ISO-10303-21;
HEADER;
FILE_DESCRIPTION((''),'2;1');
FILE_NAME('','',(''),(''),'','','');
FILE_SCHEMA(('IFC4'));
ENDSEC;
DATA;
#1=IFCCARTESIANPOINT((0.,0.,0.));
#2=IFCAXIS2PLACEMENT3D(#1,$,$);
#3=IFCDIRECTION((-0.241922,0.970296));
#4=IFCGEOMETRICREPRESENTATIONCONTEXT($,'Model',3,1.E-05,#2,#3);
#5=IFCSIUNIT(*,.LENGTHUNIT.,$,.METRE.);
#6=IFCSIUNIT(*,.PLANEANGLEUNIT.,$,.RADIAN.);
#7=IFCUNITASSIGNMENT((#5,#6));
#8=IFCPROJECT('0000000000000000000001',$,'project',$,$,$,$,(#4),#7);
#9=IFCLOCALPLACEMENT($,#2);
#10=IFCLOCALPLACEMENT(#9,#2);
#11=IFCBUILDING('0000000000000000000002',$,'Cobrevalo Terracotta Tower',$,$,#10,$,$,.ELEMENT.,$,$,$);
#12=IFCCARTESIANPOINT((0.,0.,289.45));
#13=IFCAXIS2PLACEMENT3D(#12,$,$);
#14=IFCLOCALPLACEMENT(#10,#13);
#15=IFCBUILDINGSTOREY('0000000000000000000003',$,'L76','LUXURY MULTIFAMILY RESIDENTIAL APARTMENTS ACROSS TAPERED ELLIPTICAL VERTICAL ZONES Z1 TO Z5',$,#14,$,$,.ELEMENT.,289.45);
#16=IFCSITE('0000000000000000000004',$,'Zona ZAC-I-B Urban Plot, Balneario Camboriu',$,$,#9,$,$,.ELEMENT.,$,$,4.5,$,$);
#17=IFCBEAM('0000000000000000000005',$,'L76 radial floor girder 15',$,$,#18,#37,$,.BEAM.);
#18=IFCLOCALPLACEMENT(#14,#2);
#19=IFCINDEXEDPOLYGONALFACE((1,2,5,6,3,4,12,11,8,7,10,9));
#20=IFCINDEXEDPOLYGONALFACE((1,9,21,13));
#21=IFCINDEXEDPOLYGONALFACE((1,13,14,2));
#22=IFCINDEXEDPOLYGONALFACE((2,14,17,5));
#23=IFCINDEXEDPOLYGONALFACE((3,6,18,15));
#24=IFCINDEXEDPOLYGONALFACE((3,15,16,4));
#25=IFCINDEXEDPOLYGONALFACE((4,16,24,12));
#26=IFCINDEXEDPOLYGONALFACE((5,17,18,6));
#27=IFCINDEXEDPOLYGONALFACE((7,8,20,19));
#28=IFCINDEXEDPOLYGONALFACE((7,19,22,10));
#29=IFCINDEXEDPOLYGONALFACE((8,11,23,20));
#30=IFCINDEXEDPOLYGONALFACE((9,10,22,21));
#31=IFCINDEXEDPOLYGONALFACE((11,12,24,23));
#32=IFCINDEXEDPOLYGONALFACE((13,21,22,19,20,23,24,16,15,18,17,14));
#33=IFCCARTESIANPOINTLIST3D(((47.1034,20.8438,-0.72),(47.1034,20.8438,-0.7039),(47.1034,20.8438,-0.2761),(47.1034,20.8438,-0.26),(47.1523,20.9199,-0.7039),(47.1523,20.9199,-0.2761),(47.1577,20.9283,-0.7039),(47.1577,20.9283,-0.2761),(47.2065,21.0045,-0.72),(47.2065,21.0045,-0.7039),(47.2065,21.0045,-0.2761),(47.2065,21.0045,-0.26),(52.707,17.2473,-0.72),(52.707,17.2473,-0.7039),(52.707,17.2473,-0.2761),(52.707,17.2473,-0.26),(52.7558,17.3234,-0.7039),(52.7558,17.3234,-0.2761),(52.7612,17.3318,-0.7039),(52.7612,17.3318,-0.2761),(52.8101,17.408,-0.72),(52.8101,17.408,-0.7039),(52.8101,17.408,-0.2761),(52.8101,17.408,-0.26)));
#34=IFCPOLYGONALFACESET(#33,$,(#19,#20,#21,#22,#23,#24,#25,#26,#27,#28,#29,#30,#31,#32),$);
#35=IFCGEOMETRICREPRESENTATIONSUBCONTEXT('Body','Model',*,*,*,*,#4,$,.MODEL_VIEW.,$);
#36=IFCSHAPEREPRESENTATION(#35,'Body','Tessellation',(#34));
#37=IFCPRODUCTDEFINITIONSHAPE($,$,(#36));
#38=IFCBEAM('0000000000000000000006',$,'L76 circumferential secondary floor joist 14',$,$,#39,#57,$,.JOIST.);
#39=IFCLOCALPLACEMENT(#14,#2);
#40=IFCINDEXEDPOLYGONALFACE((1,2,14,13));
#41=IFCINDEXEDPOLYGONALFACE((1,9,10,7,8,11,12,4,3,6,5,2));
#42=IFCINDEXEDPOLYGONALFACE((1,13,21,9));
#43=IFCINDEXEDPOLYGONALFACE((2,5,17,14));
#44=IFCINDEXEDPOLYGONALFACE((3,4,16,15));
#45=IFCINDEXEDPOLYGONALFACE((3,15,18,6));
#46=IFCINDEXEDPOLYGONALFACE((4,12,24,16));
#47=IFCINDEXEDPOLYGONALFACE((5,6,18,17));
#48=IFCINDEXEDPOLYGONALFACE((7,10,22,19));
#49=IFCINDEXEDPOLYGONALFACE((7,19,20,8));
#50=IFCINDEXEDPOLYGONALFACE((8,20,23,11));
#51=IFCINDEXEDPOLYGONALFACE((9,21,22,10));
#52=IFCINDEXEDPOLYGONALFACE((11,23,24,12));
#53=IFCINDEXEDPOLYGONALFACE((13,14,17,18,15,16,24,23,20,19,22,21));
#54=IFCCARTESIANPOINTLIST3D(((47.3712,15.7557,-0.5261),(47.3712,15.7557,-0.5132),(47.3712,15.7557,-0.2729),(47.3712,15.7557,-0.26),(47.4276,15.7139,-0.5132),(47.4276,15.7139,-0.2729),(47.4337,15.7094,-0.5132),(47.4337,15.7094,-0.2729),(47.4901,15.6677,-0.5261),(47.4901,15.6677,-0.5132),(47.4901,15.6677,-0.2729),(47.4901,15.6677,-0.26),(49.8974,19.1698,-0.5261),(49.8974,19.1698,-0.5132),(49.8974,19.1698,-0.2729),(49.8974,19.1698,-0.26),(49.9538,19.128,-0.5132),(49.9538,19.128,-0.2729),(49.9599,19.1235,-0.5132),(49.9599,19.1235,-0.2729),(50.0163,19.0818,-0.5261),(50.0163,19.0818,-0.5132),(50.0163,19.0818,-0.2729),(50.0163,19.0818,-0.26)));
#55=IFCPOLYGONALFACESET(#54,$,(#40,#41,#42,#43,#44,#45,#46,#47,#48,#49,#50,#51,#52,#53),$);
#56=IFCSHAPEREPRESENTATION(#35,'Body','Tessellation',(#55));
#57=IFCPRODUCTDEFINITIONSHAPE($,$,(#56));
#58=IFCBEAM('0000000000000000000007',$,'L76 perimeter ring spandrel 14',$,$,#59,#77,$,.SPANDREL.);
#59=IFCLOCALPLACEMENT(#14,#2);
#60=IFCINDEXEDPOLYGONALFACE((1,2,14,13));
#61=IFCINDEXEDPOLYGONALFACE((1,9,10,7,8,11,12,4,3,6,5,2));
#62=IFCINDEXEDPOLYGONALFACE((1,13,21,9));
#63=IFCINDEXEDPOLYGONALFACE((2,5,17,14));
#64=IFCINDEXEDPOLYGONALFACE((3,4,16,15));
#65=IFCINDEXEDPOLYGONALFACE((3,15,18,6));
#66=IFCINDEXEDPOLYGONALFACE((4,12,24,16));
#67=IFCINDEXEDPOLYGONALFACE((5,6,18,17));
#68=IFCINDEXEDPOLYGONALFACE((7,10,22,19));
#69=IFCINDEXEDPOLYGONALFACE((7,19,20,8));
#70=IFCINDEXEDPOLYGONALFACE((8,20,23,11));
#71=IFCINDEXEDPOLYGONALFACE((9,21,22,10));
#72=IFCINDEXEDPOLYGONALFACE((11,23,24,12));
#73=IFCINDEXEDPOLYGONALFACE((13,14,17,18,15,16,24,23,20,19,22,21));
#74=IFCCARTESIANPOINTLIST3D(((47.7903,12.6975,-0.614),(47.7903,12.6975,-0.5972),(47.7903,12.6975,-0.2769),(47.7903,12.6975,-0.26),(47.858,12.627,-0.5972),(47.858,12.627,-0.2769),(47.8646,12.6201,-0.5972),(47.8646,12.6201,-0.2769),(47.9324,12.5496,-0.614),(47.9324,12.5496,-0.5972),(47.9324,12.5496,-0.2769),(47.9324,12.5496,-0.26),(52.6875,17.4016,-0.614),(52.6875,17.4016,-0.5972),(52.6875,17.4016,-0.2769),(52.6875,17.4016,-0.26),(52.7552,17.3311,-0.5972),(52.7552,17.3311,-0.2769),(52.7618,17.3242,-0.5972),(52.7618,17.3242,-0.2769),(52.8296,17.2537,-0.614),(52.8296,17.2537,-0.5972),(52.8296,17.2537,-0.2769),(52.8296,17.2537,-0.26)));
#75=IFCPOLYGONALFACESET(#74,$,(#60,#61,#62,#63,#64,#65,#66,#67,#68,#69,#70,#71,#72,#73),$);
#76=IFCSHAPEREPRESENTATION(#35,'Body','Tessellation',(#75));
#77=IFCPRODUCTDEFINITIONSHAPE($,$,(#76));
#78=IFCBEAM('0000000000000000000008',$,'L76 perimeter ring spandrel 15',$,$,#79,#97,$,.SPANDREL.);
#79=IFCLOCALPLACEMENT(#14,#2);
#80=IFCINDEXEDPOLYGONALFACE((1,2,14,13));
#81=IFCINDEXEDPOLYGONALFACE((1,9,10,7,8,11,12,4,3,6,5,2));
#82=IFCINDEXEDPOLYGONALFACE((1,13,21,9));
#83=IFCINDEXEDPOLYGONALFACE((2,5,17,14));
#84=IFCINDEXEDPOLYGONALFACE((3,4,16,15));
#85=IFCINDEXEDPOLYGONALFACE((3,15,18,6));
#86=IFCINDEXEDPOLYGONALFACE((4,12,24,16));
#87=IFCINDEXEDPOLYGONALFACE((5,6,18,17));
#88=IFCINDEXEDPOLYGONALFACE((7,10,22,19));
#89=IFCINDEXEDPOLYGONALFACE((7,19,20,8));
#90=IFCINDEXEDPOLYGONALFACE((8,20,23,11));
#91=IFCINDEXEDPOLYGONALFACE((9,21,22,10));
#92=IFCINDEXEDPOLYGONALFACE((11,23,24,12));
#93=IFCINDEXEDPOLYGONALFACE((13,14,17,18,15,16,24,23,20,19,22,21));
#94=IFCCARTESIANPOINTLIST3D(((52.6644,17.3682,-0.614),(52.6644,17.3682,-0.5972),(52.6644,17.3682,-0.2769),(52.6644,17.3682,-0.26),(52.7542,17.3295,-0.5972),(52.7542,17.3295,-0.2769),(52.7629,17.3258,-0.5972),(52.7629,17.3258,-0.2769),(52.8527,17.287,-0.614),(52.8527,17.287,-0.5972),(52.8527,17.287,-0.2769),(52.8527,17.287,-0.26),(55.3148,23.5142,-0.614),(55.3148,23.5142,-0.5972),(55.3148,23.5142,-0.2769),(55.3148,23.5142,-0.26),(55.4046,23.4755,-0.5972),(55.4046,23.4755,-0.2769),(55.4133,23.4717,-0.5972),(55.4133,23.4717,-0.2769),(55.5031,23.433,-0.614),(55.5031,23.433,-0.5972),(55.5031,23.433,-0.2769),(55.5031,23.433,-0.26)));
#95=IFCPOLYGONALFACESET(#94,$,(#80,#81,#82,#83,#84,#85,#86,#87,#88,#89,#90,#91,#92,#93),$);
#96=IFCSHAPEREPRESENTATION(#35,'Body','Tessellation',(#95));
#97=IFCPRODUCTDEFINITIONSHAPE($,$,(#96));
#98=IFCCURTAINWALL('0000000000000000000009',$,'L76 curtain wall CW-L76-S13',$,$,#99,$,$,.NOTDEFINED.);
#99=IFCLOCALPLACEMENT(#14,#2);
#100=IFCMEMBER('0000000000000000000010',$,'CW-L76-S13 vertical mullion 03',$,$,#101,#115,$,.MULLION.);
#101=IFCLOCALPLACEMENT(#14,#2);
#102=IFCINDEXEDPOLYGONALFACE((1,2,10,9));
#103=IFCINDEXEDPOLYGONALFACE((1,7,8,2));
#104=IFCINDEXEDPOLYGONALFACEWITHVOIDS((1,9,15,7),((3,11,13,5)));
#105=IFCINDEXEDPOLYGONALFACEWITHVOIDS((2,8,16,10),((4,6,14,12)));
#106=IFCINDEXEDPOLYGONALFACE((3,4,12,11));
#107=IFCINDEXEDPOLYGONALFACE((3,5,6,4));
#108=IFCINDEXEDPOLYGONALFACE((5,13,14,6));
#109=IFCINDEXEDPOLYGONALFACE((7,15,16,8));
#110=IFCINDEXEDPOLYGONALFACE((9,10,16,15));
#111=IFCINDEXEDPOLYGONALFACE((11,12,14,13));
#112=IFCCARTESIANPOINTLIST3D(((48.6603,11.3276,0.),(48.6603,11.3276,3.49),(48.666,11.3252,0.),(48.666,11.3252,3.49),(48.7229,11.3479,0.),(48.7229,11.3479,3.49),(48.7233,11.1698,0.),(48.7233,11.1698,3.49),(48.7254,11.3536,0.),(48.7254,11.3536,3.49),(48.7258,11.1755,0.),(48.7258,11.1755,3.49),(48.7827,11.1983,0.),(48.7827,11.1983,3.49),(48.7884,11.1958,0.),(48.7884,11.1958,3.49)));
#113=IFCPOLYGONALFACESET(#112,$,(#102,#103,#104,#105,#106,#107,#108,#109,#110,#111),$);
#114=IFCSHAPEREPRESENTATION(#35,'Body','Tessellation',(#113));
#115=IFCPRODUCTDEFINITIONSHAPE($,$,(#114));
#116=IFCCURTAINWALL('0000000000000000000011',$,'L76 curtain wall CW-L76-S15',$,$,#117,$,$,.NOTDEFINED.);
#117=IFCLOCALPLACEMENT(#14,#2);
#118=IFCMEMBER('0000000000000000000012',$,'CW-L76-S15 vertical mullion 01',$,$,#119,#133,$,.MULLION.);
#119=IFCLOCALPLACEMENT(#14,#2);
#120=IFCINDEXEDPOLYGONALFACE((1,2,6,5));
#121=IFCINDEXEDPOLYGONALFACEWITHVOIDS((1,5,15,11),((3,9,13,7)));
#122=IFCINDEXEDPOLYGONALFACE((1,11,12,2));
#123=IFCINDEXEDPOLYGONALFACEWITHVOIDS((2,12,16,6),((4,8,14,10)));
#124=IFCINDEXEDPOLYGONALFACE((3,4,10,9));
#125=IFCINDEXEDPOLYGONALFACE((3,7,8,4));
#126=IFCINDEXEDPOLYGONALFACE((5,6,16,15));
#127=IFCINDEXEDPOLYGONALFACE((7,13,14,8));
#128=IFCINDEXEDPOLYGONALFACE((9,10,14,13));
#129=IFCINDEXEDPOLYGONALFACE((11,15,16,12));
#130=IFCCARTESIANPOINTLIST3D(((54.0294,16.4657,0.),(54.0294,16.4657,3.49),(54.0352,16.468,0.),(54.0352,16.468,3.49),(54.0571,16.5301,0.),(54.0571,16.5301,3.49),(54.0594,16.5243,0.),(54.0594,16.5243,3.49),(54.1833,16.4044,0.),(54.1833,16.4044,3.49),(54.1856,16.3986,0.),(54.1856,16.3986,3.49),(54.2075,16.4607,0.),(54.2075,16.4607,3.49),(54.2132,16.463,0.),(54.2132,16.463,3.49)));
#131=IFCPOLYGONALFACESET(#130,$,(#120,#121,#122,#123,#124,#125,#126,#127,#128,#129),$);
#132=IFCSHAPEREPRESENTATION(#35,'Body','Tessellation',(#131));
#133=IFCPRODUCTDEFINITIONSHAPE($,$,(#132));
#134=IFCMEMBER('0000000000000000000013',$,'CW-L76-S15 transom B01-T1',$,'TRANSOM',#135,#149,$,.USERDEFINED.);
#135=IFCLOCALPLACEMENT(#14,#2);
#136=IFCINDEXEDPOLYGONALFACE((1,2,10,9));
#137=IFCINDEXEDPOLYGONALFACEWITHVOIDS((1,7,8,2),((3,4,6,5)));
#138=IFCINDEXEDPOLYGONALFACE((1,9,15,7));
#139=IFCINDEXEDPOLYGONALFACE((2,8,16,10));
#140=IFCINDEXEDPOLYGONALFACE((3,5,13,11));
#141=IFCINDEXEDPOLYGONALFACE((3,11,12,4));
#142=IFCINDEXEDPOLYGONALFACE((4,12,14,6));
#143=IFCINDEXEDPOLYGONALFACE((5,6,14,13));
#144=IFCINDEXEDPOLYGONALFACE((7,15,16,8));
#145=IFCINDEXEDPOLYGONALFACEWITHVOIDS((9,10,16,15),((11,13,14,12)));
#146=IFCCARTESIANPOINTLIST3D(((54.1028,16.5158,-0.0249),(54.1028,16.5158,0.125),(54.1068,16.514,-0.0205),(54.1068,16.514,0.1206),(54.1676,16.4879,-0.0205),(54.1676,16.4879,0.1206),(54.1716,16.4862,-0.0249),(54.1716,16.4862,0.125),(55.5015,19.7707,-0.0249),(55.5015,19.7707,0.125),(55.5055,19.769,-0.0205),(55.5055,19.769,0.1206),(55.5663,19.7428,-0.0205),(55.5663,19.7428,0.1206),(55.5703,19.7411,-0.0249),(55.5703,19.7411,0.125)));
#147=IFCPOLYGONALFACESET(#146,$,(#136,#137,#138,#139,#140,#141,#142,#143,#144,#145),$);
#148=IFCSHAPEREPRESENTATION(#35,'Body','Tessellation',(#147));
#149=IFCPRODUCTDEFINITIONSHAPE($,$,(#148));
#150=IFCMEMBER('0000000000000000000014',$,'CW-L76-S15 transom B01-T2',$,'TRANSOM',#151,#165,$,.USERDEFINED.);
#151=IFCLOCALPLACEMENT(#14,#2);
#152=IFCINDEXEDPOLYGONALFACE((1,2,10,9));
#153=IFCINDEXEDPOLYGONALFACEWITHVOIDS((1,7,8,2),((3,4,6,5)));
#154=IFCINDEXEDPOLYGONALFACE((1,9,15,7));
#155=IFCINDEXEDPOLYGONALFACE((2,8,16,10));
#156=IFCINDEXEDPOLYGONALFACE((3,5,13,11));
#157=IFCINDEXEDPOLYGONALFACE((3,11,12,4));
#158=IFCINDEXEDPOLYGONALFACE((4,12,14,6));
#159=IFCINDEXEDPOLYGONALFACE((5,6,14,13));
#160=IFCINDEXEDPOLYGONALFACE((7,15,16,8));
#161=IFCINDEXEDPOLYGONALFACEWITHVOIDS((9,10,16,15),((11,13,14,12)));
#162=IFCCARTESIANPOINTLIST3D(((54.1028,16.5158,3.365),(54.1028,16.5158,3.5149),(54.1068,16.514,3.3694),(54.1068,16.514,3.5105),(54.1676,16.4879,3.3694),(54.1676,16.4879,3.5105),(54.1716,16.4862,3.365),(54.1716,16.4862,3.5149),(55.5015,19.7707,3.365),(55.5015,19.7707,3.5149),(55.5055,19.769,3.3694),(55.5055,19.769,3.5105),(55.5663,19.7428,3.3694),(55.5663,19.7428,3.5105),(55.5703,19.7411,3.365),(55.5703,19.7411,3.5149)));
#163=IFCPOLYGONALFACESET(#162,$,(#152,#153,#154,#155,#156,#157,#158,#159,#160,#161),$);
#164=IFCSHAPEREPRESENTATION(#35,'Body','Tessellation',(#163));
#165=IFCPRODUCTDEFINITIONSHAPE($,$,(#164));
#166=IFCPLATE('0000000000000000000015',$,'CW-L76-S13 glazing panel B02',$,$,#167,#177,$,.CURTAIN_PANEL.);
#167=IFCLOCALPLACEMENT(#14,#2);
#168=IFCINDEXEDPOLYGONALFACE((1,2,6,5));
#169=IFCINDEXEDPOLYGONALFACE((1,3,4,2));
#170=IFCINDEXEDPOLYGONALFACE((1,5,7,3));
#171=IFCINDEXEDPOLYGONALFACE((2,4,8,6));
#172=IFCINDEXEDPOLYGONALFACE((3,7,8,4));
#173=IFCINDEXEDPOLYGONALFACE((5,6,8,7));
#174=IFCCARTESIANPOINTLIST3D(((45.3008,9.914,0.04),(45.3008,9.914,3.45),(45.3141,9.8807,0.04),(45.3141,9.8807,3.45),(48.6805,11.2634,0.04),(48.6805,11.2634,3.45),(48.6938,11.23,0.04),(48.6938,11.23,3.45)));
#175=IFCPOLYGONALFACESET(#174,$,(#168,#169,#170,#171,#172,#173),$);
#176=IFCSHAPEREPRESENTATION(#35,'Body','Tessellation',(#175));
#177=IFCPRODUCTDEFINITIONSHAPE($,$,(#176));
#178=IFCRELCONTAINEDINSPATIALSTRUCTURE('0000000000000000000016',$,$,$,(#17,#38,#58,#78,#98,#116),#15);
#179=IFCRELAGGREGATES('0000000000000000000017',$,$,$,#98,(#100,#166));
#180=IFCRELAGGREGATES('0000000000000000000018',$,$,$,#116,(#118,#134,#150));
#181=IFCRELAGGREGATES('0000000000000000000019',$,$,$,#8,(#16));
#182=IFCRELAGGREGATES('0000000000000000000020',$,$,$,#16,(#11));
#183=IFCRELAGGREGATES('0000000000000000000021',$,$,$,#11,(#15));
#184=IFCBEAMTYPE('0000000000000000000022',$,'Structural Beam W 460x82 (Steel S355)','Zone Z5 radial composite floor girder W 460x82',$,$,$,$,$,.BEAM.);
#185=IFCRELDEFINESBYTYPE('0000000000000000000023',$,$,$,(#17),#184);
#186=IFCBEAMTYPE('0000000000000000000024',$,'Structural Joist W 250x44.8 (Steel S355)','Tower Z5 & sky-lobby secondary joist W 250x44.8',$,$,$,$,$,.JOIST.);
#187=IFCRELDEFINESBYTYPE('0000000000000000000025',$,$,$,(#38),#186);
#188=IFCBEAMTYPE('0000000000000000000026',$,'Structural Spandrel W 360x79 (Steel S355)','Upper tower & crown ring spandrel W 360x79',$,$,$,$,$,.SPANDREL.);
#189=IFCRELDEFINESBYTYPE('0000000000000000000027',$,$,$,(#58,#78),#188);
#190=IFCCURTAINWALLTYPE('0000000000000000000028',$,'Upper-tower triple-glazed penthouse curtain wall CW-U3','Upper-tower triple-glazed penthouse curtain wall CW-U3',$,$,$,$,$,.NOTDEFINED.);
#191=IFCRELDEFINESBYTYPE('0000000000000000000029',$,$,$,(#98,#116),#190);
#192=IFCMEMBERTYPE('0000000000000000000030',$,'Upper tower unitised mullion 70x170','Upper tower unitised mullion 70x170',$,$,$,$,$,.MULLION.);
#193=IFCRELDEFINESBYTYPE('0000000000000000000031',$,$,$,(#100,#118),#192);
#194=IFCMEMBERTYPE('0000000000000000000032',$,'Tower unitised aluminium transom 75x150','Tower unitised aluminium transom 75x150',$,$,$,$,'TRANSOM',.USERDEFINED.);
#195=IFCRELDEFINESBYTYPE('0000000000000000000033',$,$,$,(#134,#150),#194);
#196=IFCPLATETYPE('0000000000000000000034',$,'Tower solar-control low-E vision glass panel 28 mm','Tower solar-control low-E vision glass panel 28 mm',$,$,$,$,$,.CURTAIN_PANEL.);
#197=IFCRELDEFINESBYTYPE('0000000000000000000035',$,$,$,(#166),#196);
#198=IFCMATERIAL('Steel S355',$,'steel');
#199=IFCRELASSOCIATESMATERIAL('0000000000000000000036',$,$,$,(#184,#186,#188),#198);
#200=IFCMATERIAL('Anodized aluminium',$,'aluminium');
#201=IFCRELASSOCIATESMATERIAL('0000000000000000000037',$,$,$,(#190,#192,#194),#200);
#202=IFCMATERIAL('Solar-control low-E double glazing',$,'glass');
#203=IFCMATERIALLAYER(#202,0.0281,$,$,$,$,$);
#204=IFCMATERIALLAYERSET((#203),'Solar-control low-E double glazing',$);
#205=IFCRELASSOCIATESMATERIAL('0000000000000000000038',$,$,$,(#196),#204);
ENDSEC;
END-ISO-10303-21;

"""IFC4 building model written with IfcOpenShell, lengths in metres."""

from ifc_helpers import new_model, si_unit, direction, frame, origin, origin_2d, place, context, subcontext, project, spatial, rectangle, hollow_rectangle, i_section, extrude, source, transform, mapped, material, layer, layer_set, material_profile, profile_set, type_object, element, aggregate, save


model = new_model("IFC4")

# Units and contexts
model_context = context("Model", 3, precision=1e-05, world=origin(), true_north=direction((-0.241922, 0.970296)))
body_context = subcontext(model_context, "Body", "Model", "MODEL_VIEW")
ifc_project = project(units=[si_unit("LENGTHUNIT", "METRE"), si_unit("PLANEANGLEUNIT", "RADIAN")], contexts=[model_context])

# Site, building, storey
site_placement = place(None, origin())
site = spatial("IfcSite", under=ifc_project, at=site_placement, Name="Zona ZAC-I-B Urban Plot, Balneario Camboriu", CompositionType="ELEMENT", RefElevation=4.5)
building_placement = place(site_placement, origin())
building = spatial("IfcBuilding", under=site, at=building_placement, Name="Cobrevalo Terracotta Tower", CompositionType="ELEMENT")
storey_placement = place(building_placement, frame((0.0, 0.0, 289.45)))
storey = spatial("IfcBuildingStorey", under=building, at=storey_placement, Name="L76", Description="LUXURY MULTIFAMILY RESIDENTIAL APARTMENTS ACROSS TAPERED ELLIPTICAL VERTICAL ZONES Z1 TO Z5", CompositionType="ELEMENT", Elevation=289.45)

# Shared definitions
ifc_material_1 = material(Name="Steel S355", Category="steel")

# Beams
ifc_material_profile_1 = material_profile(ifc_material_1, i_section(OverallWidth=0.1909, OverallDepth=0.46, WebThickness=0.01, FlangeThickness=0.0161, at=origin_2d()), Name="W 460x82")
ifc_profile_set_1 = profile_set([ifc_material_profile_1], Name="Steel S355")
beam_type_1 = type_object("IfcBeamType", Name="Structural Beam W 460x82 (Steel S355)", Description="Zone Z5 radial composite floor girder W 460x82", PredefinedType="BEAM", material=ifc_profile_set_1)
beam_1_placement = place(storey_placement, frame((52.7585, 17.3276, -0.49), z_axis=(-0.841576, 0.540138, 0.0), x_axis=(-0.540138, -0.841576, 0.0)))
element("IfcBeam", 1, at=beam_1_placement, inside=storey, type_object=beam_type_1, Name="L76 radial floor girder 15", PredefinedType="BEAM", context=body_context, shape_type="SweptSolid", body=[
    extrude(i_section(OverallWidth=0.1909, OverallDepth=0.46, WebThickness=0.01, FlangeThickness=0.0161, at=origin_2d()), origin(), (0.0, 0.0, 1.0), 6.6584),
])
ifc_material_profile_2 = material_profile(ifc_material_1, i_section(OverallWidth=0.1479, OverallDepth=0.2661, WebThickness=0.0076, FlangeThickness=0.0129, at=origin_2d()), Name="W 250x44.8")
ifc_profile_set_2 = profile_set([ifc_material_profile_2], Name="Steel S355")
beam_type_2 = type_object("IfcBeamType", Name="Structural Joist W 250x44.8 (Steel S355)", Description="Tower Z5 & sky-lobby secondary joist W 250x44.8", PredefinedType="JOIST", material=ifc_profile_set_2)
beam_2_placement = place(storey_placement, frame((47.4307, 15.7117, -0.3931), z_axis=(0.5948, 0.803874, 0.0), x_axis=(-0.803874, 0.5948, 0.0)))
element("IfcBeam", 2, at=beam_2_placement, inside=storey, type_object=beam_type_2, Name="L76 circumferential secondary floor joist 14", PredefinedType="JOIST", context=body_context, shape_type="SweptSolid", body=[
    extrude(i_section(OverallWidth=0.1479, OverallDepth=0.2661, WebThickness=0.0076, FlangeThickness=0.0129, at=origin_2d()), origin(), (0.0, 0.0, 1.0), 4.2471),
])
ifc_material_profile_3 = material_profile(ifc_material_1, i_section(OverallWidth=0.2051, OverallDepth=0.354, WebThickness=0.0095, FlangeThickness=0.0168, at=origin_2d()), Name="W 360x79")
ifc_profile_set_3 = profile_set([ifc_material_profile_3], Name="Steel S355")
beam_type_3 = type_object("IfcBeamType", Name="Structural Spandrel W 360x79 (Steel S355)", Description="Upper tower & crown ring spandrel W 360x79", PredefinedType="SPANDREL", material=ifc_profile_set_3)
beam_3_placement = place(storey_placement, frame((47.8613, 12.6235, -0.437), z_axis=(0.721183, 0.692744, 0.0), x_axis=(-0.692744, 0.721183, 0.0)))
element("IfcBeam", 3, at=beam_3_placement, inside=storey, type_object=beam_type_3, Name="L76 perimeter ring spandrel 14", PredefinedType="SPANDREL", context=body_context, shape_type="SweptSolid", body=[
    extrude(i_section(OverallWidth=0.2051, OverallDepth=0.354, WebThickness=0.0095, FlangeThickness=0.0168, at=origin_2d()), origin(), (0.0, 0.0, 1.0), 6.7905),
])
beam_4_placement = place(storey_placement, frame((52.7585, 17.3276, -0.437), z_axis=(0.395987, 0.918256, 0.0), x_axis=(-0.918256, 0.395987, 0.0)))
element("IfcBeam", 4, at=beam_4_placement, inside=storey, type_object=beam_type_3, Name="L76 perimeter ring spandrel 15", PredefinedType="SPANDREL", context=body_context, shape_type="SweptSolid", body=[
    extrude(i_section(OverallWidth=0.2051, OverallDepth=0.354, WebThickness=0.0095, FlangeThickness=0.0168, at=origin_2d()), origin(), (0.0, 0.0, 1.0), 6.6931),
])

# Curtain wall, member
ifc_material_2 = material(Name="Anodized aluminium", Category="aluminium")
curtain_wall_type = type_object("IfcCurtainWallType", Name="Upper-tower triple-glazed penthouse curtain wall CW-U3", Description="Upper-tower triple-glazed penthouse curtain wall CW-U3", PredefinedType="NOTDEFINED", material=ifc_material_2)
curtain_wall_1_placement = place(storey_placement, origin())
curtain_wall_1 = element("IfcCurtainWall", 5, at=curtain_wall_1_placement, inside=storey, type_object=curtain_wall_type, Name="L76 curtain wall CW-L76-S13", PredefinedType="NOTDEFINED")
ifc_material_profile_4 = material_profile(ifc_material_2, hollow_rectangle(XDim=0.0701, YDim=0.1699, WallThickness=0.0044, at=origin_2d()), Name="CWM 70x170")
ifc_profile_set_4 = profile_set([ifc_material_profile_4], Name="Anodized aluminium")
member_type_1 = type_object("IfcMemberType", Name="Upper tower unitised mullion 70x170", Description="Upper tower unitised mullion 70x170", PredefinedType="MULLION", material=ifc_profile_set_4)
shared_shape_1 = source(origin(), body_context, "Body", "SweptSolid", [
    extrude(hollow_rectangle(XDim=0.0701, YDim=0.1699, WallThickness=0.0044, at=origin_2d()), origin(), (0.0, 0.0, 1.0), 3.49),
])
member_1_placement = place(storey_placement, frame((48.7244, 11.2617, 0.0), z_axis=(0.0, 0.0, 1.0), x_axis=(0.928719, 0.370784, 0.0)))
member_1 = element("IfcMember", 6, at=member_1_placement, type_object=member_type_1, Name="CW-L76-S13 vertical mullion 03", PredefinedType="MULLION", context=body_context, shape_type="MappedRepresentation", body=[
    mapped(shared_shape_1, transform((0.0, 0.0, 0.0), scale=1.0)),
])

# Curtain wall, members
curtain_wall_2_placement = place(storey_placement, origin())
curtain_wall_2 = element("IfcCurtainWall", 7, at=curtain_wall_2_placement, inside=storey, type_object=curtain_wall_type, Name="L76 curtain wall CW-L76-S15", PredefinedType="NOTDEFINED")
member_2_placement = place(storey_placement, frame((54.1213, 16.4644, 0.0), z_axis=(0.0, 0.0, 1.0), x_axis=(0.394824, 0.918757, 0.0)))
member_2 = element("IfcMember", 8, at=member_2_placement, type_object=member_type_1, Name="CW-L76-S15 vertical mullion 01", PredefinedType="MULLION", context=body_context, shape_type="MappedRepresentation", body=[
    mapped(shared_shape_1, transform((0.0, 0.0, 0.0), scale=1.0)),
])
ifc_material_profile_5 = material_profile(ifc_material_2, hollow_rectangle(XDim=0.075, YDim=0.1499, WallThickness=0.0044, at=origin_2d()), Name="CWT 75x150")
ifc_profile_set_5 = profile_set([ifc_material_profile_5], Name="Anodized aluminium")
member_type_2 = type_object("IfcMemberType", Name="Tower unitised aluminium transom 75x150", Description="Tower unitised aluminium transom 75x150", ElementType="TRANSOM", PredefinedType="USERDEFINED", material=ifc_profile_set_5)
shared_shape_2 = source(origin(), body_context, "Body", "SweptSolid", [
    extrude(hollow_rectangle(XDim=0.075, YDim=0.1499, WallThickness=0.0044, at=origin_2d()), origin(), (0.0, 0.0, 1.0), 3.5427),
])
member_3_placement = place(storey_placement, frame((54.1372, 16.501, 0.05), z_axis=(0.394809, 0.918763, 0.0), x_axis=(-0.918763, 0.394809, 0.0)))
member_3 = element("IfcMember", 9, at=member_3_placement, type_object=member_type_2, Name="CW-L76-S15 transom B01-T1", ObjectType="TRANSOM", PredefinedType="USERDEFINED", context=body_context, shape_type="MappedRepresentation", body=[
    mapped(shared_shape_2, transform((0.0, 0.0, 0.0), scale=1.0)),
])
member_4_placement = place(storey_placement, frame((54.1372, 16.501, 3.4399), z_axis=(0.394809, 0.918763, 0.0), x_axis=(-0.918763, 0.394809, 0.0)))
member_4 = element("IfcMember", 10, at=member_4_placement, type_object=member_type_2, Name="CW-L76-S15 transom B01-T2", ObjectType="TRANSOM", PredefinedType="USERDEFINED", context=body_context, shape_type="MappedRepresentation", body=[
    mapped(shared_shape_2, transform((0.0, 0.0, 0.0), scale=1.0)),
])

# Plate
ifc_material_3 = material(Name="Solar-control low-E double glazing", Category="glass")
ifc_layer_1 = layer(ifc_material_3, 0.0281)
ifc_layer_set_1 = layer_set([ifc_layer_1], Name="Solar-control low-E double glazing")
plate_type = type_object("IfcPlateType", Name="Tower solar-control low-E vision glass panel 28 mm", Description="Tower solar-control low-E vision glass panel 28 mm", PredefinedType="CURTAIN_PANEL", material=ifc_layer_set_1)
shared_shape_3 = source(origin(), body_context, "Body", "SweptSolid", [
    extrude(rectangle(XDim=3.6392, YDim=0.0359, at=origin_2d()), origin(), (0.0, 0.0, 1.0), 3.4099),
])
plate_1_placement = place(storey_placement, frame((46.9973, 10.572, 0.04), z_axis=(0.0, 0.0, 1.0), x_axis=(0.928718, 0.370786, 0.0)))
plate_1 = element("IfcPlate", 11, at=plate_1_placement, type_object=plate_type, Name="CW-L76-S13 glazing panel B02", PredefinedType="CURTAIN_PANEL", context=body_context, shape_type="MappedRepresentation", body=[
    mapped(shared_shape_3, transform((0.0, 0.0, 0.0), scale=1.0)),
])
aggregate(curtain_wall_1, [member_1, plate_1])
aggregate(curtain_wall_2, [member_2, member_3, member_4])

save(model, "model.ifc")
